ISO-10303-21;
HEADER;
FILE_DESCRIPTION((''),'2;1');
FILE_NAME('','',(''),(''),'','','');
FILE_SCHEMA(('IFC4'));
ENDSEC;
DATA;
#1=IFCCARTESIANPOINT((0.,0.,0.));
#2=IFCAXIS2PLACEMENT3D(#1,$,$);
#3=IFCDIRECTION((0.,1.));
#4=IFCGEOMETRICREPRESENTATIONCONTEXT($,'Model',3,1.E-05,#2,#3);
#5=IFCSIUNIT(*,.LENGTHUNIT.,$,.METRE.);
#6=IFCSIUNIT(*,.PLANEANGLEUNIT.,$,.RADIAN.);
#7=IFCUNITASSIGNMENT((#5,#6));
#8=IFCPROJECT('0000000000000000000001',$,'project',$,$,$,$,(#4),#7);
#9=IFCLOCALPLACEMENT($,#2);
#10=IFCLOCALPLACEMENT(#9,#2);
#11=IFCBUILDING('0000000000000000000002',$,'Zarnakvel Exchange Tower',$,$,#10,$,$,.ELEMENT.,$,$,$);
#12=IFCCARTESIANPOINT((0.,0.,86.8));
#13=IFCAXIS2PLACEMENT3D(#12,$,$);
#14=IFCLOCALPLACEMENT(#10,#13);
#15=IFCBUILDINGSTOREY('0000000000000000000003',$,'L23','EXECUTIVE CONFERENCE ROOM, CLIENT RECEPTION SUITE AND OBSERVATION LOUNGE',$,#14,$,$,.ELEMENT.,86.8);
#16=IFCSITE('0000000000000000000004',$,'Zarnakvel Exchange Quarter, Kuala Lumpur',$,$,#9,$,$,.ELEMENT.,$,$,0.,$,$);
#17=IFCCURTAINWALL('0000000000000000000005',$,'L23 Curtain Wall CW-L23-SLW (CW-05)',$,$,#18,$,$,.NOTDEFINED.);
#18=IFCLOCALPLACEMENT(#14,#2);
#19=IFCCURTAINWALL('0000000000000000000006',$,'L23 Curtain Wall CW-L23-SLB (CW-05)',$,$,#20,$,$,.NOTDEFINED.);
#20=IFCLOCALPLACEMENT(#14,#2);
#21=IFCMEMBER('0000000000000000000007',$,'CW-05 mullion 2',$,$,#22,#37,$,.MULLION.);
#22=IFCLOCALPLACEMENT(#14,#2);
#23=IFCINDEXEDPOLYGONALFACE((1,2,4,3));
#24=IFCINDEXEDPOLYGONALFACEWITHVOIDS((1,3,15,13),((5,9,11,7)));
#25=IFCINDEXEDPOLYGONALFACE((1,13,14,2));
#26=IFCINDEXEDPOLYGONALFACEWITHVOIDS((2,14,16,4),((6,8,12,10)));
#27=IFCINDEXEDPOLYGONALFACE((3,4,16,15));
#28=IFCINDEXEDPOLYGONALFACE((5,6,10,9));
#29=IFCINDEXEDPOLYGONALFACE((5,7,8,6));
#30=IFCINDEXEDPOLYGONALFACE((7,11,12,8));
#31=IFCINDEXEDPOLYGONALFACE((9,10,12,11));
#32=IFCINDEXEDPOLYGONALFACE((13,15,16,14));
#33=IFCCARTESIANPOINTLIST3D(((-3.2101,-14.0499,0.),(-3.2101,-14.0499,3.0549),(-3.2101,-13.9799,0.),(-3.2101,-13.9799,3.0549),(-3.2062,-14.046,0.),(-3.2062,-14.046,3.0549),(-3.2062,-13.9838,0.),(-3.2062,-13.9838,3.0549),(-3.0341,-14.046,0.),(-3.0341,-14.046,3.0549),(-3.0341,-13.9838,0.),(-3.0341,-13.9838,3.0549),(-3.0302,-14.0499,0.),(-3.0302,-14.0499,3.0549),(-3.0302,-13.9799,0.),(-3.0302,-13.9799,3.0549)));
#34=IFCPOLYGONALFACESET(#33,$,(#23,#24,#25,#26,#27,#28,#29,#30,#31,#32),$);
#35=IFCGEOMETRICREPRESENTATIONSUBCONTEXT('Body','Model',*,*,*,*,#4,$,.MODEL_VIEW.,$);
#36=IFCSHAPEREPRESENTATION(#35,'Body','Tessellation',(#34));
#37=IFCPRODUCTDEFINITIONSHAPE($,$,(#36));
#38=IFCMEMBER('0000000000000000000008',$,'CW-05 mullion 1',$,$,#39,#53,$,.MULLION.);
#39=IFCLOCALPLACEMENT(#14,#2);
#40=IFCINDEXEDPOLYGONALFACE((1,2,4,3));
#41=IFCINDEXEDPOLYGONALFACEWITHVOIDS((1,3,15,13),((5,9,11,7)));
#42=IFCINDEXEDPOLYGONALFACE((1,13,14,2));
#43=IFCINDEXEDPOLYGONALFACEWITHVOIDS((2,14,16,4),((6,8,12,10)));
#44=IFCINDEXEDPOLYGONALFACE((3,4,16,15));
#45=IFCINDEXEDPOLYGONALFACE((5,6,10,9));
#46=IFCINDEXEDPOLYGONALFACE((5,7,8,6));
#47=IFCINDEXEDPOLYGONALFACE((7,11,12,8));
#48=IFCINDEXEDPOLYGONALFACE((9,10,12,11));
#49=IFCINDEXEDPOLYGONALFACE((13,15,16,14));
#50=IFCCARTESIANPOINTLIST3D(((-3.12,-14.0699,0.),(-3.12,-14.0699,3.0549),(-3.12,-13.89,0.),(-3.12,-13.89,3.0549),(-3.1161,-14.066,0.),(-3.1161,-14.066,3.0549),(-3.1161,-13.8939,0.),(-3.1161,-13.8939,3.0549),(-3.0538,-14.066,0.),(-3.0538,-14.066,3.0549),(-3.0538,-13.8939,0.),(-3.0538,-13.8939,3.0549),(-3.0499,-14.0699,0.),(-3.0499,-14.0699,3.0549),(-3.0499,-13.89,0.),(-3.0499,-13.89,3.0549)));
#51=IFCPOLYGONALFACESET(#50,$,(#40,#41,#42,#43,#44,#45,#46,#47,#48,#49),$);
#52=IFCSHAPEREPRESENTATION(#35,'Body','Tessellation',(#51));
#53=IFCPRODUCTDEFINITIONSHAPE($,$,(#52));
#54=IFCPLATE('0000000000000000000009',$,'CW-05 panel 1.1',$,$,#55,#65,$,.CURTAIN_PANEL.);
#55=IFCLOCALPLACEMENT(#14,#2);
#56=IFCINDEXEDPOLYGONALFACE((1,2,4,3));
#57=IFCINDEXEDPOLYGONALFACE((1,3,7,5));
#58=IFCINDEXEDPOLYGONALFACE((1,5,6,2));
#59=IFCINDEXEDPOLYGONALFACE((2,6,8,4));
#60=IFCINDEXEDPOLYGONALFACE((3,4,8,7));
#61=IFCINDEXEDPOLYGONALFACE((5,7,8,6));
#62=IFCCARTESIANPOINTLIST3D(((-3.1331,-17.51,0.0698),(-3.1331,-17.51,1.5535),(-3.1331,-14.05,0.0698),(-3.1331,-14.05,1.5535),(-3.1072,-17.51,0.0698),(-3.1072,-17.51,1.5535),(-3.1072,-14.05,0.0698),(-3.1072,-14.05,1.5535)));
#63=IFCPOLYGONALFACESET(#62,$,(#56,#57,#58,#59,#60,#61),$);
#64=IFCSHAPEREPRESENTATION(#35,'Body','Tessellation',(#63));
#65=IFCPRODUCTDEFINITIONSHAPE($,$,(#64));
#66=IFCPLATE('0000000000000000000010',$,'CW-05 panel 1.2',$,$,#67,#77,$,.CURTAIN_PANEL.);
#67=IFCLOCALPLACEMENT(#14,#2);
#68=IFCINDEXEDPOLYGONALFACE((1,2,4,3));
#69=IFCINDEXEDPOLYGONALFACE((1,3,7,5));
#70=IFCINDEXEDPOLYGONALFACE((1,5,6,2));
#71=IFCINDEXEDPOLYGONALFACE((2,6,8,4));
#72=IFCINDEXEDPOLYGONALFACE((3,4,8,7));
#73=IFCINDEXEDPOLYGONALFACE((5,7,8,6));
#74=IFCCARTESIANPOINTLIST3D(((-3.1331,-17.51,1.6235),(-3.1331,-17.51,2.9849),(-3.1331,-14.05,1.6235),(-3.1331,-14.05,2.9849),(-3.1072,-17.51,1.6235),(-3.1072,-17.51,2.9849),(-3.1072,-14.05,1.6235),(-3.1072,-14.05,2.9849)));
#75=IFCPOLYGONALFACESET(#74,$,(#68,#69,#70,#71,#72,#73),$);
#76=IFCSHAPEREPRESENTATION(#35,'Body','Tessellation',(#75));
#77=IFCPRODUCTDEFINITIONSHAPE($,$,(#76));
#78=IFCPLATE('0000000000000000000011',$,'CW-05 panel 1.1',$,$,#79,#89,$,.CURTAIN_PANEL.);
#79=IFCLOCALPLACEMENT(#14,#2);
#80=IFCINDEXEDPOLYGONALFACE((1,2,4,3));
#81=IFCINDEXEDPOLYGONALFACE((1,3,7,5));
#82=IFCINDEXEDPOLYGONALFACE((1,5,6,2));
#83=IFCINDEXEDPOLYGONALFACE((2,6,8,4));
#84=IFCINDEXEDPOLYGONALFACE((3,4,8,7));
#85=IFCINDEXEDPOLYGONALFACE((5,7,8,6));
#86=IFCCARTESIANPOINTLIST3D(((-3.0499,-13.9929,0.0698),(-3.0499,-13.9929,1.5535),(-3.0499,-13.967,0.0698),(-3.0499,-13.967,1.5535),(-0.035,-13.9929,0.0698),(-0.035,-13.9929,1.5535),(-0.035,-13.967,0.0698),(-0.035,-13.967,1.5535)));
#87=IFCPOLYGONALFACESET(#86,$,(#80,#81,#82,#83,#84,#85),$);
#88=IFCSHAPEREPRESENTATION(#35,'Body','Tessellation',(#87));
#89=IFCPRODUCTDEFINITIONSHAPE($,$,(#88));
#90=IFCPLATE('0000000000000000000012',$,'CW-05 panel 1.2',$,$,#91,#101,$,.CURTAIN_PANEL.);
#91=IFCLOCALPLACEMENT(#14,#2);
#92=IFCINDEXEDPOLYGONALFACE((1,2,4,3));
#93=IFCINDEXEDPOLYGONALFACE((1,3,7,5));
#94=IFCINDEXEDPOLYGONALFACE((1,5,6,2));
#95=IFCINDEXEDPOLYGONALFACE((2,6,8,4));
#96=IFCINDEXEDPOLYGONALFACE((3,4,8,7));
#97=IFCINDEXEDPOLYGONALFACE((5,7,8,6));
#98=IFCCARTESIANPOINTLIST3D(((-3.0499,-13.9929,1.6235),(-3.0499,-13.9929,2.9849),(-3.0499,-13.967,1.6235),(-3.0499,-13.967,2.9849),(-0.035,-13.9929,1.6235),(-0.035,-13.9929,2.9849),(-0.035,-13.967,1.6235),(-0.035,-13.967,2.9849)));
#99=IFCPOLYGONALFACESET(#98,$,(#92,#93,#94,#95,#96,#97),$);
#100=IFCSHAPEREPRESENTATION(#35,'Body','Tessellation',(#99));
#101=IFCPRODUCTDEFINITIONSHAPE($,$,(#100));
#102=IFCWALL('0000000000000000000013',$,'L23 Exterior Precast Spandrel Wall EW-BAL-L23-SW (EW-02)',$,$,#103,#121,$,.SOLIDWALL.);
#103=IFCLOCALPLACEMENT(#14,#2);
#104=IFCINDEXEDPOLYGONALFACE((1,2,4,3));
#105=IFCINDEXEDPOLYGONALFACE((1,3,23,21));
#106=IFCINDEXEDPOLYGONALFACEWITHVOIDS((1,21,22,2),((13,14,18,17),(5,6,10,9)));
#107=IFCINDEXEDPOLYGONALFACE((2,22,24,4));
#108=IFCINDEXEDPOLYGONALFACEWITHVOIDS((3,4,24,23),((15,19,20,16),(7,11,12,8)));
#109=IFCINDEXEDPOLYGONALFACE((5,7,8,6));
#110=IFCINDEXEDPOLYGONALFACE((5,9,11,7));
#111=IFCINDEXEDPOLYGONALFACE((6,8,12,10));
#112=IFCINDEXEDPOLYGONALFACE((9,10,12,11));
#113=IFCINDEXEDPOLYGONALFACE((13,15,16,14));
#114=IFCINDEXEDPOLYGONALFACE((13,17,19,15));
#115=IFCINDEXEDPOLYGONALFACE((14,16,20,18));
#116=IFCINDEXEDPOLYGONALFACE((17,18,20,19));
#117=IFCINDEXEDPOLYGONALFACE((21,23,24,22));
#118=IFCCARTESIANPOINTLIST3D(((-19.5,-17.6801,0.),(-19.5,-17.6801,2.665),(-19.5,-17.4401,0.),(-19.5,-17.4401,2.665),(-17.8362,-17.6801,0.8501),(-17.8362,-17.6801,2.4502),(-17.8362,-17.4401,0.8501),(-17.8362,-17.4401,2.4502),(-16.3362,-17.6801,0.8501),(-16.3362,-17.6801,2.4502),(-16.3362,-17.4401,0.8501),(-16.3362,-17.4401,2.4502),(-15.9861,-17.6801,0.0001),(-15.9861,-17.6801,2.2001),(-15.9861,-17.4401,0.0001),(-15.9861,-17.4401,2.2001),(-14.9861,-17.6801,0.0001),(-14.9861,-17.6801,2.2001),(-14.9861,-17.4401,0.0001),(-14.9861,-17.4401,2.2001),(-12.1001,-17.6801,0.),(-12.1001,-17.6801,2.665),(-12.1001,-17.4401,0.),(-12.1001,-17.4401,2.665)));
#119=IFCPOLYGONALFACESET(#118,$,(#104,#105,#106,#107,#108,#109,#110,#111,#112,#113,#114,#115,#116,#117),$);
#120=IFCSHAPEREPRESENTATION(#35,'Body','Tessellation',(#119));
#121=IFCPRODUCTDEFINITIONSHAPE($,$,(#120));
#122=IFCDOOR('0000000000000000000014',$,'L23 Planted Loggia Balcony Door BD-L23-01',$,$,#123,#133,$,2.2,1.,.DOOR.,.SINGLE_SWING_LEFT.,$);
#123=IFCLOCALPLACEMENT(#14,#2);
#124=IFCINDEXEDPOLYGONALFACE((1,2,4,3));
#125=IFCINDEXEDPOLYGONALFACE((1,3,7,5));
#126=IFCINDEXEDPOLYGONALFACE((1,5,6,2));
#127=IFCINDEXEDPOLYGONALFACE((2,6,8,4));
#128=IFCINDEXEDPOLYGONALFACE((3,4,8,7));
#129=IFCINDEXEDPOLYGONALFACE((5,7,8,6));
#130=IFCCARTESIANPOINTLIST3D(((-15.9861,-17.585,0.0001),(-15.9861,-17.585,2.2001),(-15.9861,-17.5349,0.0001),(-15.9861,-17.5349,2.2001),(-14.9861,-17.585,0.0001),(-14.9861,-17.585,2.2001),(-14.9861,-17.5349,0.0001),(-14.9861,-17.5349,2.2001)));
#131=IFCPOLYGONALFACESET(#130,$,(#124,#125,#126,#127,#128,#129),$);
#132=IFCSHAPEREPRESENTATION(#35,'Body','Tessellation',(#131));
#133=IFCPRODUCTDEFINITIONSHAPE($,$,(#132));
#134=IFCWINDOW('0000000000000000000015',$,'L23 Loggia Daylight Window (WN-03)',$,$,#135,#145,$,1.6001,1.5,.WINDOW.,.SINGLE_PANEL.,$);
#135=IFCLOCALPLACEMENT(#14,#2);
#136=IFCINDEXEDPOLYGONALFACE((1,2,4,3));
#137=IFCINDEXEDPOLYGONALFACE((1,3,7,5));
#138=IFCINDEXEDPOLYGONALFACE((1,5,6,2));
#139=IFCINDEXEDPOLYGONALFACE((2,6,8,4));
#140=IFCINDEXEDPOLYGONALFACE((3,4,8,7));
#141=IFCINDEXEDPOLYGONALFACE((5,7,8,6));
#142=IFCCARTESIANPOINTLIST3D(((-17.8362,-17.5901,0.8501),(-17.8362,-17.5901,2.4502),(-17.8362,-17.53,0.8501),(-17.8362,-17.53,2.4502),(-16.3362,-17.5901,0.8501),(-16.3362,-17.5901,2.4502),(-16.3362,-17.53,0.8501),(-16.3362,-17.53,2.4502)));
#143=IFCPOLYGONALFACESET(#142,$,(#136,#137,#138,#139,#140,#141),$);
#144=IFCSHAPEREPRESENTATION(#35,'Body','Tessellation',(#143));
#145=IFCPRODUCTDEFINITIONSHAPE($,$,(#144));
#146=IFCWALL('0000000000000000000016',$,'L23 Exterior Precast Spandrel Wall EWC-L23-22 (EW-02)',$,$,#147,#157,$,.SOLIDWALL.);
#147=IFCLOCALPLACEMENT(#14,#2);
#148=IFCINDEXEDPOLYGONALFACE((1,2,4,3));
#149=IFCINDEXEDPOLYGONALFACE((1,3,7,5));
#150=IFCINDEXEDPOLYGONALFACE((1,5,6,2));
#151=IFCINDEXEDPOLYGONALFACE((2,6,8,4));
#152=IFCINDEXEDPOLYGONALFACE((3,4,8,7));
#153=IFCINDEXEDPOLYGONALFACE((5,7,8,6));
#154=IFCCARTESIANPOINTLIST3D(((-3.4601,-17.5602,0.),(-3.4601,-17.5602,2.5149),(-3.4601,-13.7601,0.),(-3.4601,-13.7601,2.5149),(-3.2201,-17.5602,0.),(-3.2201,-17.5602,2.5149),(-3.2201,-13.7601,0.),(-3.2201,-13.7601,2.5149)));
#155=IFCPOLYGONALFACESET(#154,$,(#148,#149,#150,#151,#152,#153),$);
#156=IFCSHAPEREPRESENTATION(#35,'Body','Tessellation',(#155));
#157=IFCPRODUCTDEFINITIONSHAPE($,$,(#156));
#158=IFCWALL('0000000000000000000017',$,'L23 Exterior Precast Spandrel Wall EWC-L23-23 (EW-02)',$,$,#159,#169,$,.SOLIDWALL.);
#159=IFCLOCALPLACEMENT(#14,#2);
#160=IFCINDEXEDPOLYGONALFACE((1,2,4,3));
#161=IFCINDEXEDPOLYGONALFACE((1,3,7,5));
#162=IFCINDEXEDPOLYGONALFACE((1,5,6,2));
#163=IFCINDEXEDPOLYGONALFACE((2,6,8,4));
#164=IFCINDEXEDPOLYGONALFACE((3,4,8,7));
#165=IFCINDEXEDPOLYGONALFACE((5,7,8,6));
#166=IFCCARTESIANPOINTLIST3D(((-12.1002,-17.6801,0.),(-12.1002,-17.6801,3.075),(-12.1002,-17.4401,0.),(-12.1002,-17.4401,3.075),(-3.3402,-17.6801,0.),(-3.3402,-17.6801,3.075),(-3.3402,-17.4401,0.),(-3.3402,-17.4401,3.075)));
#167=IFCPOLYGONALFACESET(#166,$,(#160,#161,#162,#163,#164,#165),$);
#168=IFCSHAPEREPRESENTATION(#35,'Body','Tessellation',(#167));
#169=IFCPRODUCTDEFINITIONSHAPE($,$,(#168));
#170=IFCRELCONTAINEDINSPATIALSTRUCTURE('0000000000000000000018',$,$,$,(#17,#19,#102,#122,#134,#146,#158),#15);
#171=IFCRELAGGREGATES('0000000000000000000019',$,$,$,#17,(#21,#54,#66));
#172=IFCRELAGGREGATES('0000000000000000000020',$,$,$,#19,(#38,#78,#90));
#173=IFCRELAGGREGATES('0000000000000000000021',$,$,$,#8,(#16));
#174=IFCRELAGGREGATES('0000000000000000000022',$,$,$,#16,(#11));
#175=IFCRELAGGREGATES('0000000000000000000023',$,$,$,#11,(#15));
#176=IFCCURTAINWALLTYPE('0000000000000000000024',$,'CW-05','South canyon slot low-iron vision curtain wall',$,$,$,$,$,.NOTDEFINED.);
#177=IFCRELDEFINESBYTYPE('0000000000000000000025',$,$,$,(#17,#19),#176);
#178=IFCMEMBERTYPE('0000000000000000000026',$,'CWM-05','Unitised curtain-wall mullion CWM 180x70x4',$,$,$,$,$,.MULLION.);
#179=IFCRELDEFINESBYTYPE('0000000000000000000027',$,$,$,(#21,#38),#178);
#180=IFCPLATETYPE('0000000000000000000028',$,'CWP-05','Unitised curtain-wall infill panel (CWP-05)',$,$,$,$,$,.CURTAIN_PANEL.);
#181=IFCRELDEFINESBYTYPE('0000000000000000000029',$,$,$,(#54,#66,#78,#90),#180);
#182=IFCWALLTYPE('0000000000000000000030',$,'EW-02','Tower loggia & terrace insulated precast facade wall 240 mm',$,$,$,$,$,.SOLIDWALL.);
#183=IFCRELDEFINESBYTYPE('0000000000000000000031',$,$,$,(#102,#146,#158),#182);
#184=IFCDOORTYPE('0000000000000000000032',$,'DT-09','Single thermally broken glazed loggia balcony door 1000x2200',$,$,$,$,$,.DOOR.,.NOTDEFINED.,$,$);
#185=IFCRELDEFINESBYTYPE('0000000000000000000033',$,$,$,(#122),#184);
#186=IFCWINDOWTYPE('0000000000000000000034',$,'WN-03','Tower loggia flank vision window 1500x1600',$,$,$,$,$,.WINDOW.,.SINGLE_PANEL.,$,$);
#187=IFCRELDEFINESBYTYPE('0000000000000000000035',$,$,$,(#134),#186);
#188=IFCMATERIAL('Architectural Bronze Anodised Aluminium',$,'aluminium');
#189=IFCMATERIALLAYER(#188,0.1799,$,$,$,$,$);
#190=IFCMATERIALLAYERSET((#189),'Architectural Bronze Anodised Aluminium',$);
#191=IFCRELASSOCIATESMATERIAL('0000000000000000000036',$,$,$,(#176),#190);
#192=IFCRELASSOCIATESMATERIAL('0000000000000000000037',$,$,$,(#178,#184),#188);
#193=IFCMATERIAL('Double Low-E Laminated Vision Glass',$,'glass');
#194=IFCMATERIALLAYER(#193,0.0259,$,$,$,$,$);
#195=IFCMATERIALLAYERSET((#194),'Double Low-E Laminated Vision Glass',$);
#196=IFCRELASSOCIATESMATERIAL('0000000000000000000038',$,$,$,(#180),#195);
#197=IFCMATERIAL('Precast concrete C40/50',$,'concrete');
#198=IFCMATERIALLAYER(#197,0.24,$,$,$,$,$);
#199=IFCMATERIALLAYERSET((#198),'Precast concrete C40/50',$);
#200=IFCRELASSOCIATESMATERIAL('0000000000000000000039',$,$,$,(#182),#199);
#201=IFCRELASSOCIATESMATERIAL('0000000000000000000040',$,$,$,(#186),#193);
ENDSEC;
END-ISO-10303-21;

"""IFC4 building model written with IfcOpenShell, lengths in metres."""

from ifc_helpers import new_model, si_unit, direction, frame, frame_2d, origin, origin_2d, place, context, subcontext, project, spatial, rectangle, hollow_rectangle, extrude, source, transform, mapped, material, layer, layer_set, material_profile, profile_set, type_object, element, fill, aggregate, save


model = new_model("IFC4")

# Units and contexts
model_context = context("Model", 3, precision=1e-05, world=origin(), true_north=direction((0.0, 1.0)))
body_context = subcontext(model_context, "Body", "Model", "MODEL_VIEW")
ifc_project = project(units=[si_unit("LENGTHUNIT", "METRE"), si_unit("PLANEANGLEUNIT", "RADIAN")], contexts=[model_context])

# Site, building, storey
site_placement = place(None, origin())
site = spatial("IfcSite", under=ifc_project, at=site_placement, Name="Zarnakvel Exchange Quarter, Kuala Lumpur", CompositionType="ELEMENT", RefElevation=0.0)
building_placement = place(site_placement, origin())
building = spatial("IfcBuilding", under=site, at=building_placement, Name="Zarnakvel Exchange Tower", CompositionType="ELEMENT")
storey_placement = place(building_placement, frame((0.0, 0.0, 86.8)))
storey = spatial("IfcBuildingStorey", under=building, at=storey_placement, Name="L23", Description="EXECUTIVE CONFERENCE ROOM, CLIENT RECEPTION SUITE AND OBSERVATION LOUNGE", CompositionType="ELEMENT", Elevation=86.8)

# Curtain walls
ifc_material_1 = material(Name="Architectural Bronze Anodised Aluminium", Category="aluminium")
ifc_layer_1 = layer(ifc_material_1, 0.1799)
ifc_layer_set_1 = layer_set([ifc_layer_1], Name="Architectural Bronze Anodised Aluminium")
curtain_wall_type = type_object("IfcCurtainWallType", Name="CW-05", Description="South canyon slot low-iron vision curtain wall", PredefinedType="NOTDEFINED", material=ifc_layer_set_1)
curtain_wall_1_placement = place(storey_placement, origin())
curtain_wall_1 = element("IfcCurtainWall", 1, at=curtain_wall_1_placement, inside=storey, type_object=curtain_wall_type, Name="L23 Curtain Wall CW-L23-SLW (CW-05)", PredefinedType="NOTDEFINED")
curtain_wall_2_placement = place(storey_placement, origin())
curtain_wall_2 = element("IfcCurtainWall", 2, at=curtain_wall_2_placement, inside=storey, type_object=curtain_wall_type, Name="L23 Curtain Wall CW-L23-SLB (CW-05)", PredefinedType="NOTDEFINED")

# Members
ifc_material_profile_1 = material_profile(ifc_material_1, hollow_rectangle(XDim=0.1799, YDim=0.0701, WallThickness=0.0039, at=origin_2d()))
ifc_profile_set_1 = profile_set([ifc_material_profile_1], Name="Architectural Bronze Anodised Aluminium")
member_type_1 = type_object("IfcMemberType", Name="CWM-05", Description="Unitised curtain-wall mullion CWM 180x70x4", PredefinedType="MULLION", material=ifc_profile_set_1)
shared_shape_1 = source(origin(), body_context, "Body", "SweptSolid", [
    extrude(hollow_rectangle(XDim=0.1799, YDim=0.0701, WallThickness=0.0039, at=origin_2d()), origin(), (0.0, 0.0, 1.0), 3.0549),
])
member_1_placement = place(storey_placement, frame((-3.1201, -14.0149, 0.0), z_axis=(0.0, 0.0, 1.0), x_axis=(-1.0, 0.0, 0.0)))
member_1 = element("IfcMember", 3, at=member_1_placement, type_object=member_type_1, Name="CW-05 mullion 2", PredefinedType="MULLION", context=body_context, shape_type="MappedRepresentation", body=[
    mapped(shared_shape_1, transform((0.0, 0.0, 0.0), x_axis=(1.0, 0.0, 0.0), y_axis=(0.0, 1.0, 0.0), z_axis=(0.0, 0.0, 1.0), scale=1.0)),
])
member_2_placement = place(storey_placement, frame((-3.085, -13.98, 0.0), z_axis=(0.0, 0.0, 1.0), x_axis=(0.0, 1.0, 0.0)))
member_2 = element("IfcMember", 4, at=member_2_placement, type_object=member_type_1, Name="CW-05 mullion 1", PredefinedType="MULLION", context=body_context, shape_type="MappedRepresentation", body=[
    mapped(shared_shape_1, transform((0.0, 0.0, 0.0), x_axis=(1.0, 0.0, 0.0), y_axis=(0.0, 1.0, 0.0), z_axis=(0.0, 0.0, 1.0), scale=1.0)),
])

# Plates
ifc_material_2 = material(Name="Double Low-E Laminated Vision Glass", Category="glass")
ifc_layer_2 = layer(ifc_material_2, 0.0259)
ifc_layer_set_2 = layer_set([ifc_layer_2], Name="Double Low-E Laminated Vision Glass")
plate_type = type_object("IfcPlateType", Name="CWP-05", Description="Unitised curtain-wall infill panel (CWP-05)", PredefinedType="CURTAIN_PANEL", material=ifc_layer_set_2)
shared_shape_2 = source(origin(), body_context, "Body", "SweptSolid", [
    extrude(rectangle(XDim=3.46, YDim=0.0259, at=origin_2d()), origin(), (0.0, 0.0, 1.0), 1.4836),
])
plate_1_placement = place(storey_placement, frame((-3.1201, -15.78, 0.0698), z_axis=(0.0, 0.0, 1.0), x_axis=(0.0, 1.0, 0.0)))
plate_1 = element("IfcPlate", 5, at=plate_1_placement, type_object=plate_type, Name="CW-05 panel 1.1", PredefinedType="CURTAIN_PANEL", context=body_context, shape_type="MappedRepresentation", body=[
    mapped(shared_shape_2, transform((0.0, 0.0, 0.0), x_axis=(1.0, 0.0, 0.0), y_axis=(0.0, 1.0, 0.0), z_axis=(0.0, 0.0, 1.0), scale=1.0)),
])
shared_shape_3 = source(origin(), body_context, "Body", "SweptSolid", [
    extrude(rectangle(XDim=3.46, YDim=0.0259, at=origin_2d()), origin(), (0.0, 0.0, 1.0), 1.3613),
])
plate_2_placement = place(storey_placement, frame((-3.1201, -15.78, 1.6235), z_axis=(0.0, 0.0, 1.0), x_axis=(0.0, 1.0, 0.0)))
plate_2 = element("IfcPlate", 6, at=plate_2_placement, type_object=plate_type, Name="CW-05 panel 1.2", PredefinedType="CURTAIN_PANEL", context=body_context, shape_type="MappedRepresentation", body=[
    mapped(shared_shape_3, transform((0.0, 0.0, 0.0), x_axis=(1.0, 0.0, 0.0), y_axis=(0.0, 1.0, 0.0), z_axis=(0.0, 0.0, 1.0), scale=1.0)),
])
aggregate(curtain_wall_1, [member_1, plate_1, plate_2])
shared_shape_4 = source(origin(), body_context, "Body", "SweptSolid", [
    extrude(rectangle(XDim=3.0149, YDim=0.0259, at=origin_2d()), origin(), (0.0, 0.0, 1.0), 1.4836),
])
plate_3_placement = place(storey_placement, frame((-1.5425, -13.98, 0.0698), z_axis=(0.0, 0.0, 1.0), x_axis=(1.0, 0.0, 0.0)))
plate_3 = element("IfcPlate", 7, at=plate_3_placement, type_object=plate_type, Name="CW-05 panel 1.1", PredefinedType="CURTAIN_PANEL", context=body_context, shape_type="MappedRepresentation", body=[
    mapped(shared_shape_4, transform((0.0, 0.0, 0.0), x_axis=(1.0, 0.0, 0.0), y_axis=(0.0, 1.0, 0.0), z_axis=(0.0, 0.0, 1.0), scale=1.0)),
])
shared_shape_5 = source(origin(), body_context, "Body", "SweptSolid", [
    extrude(rectangle(XDim=3.0149, YDim=0.0259, at=origin_2d()), origin(), (0.0, 0.0, 1.0), 1.3613),
])
plate_4_placement = place(storey_placement, frame((-1.5425, -13.98, 1.6235), z_axis=(0.0, 0.0, 1.0), x_axis=(1.0, 0.0, 0.0)))
plate_4 = element("IfcPlate", 8, at=plate_4_placement, type_object=plate_type, Name="CW-05 panel 1.2", PredefinedType="CURTAIN_PANEL", context=body_context, shape_type="MappedRepresentation", body=[
    mapped(shared_shape_5, transform((0.0, 0.0, 0.0), x_axis=(1.0, 0.0, 0.0), y_axis=(0.0, 1.0, 0.0), z_axis=(0.0, 0.0, 1.0), scale=1.0)),
])
aggregate(curtain_wall_2, [member_2, plate_3, plate_4])

# Wall, openings, door, window
ifc_material_3 = material(Name="Precast concrete C40/50", Category="concrete")
ifc_layer_3 = layer(ifc_material_3, 0.24)
ifc_layer_set_3 = layer_set([ifc_layer_3], Name="Precast concrete C40/50")
wall_type = type_object("IfcWallType", Name="EW-02", Description="Tower loggia & terrace insulated precast facade wall 240 mm", PredefinedType="SOLIDWALL", material=ifc_layer_set_3)
wall_1_placement = place(storey_placement, frame((-12.1001, -17.5601, 0.0), z_axis=(0.0, 0.0, 1.0), x_axis=(-1.0, 0.0, 0.0)))
wall_1 = element("IfcWall", 9, at=wall_1_placement, inside=storey, type_object=wall_type, Name="L23 Exterior Precast Spandrel Wall EW-BAL-L23-SW (EW-02)", PredefinedType="SOLIDWALL", context=body_context, shape_type="SweptSolid", body=[
    extrude(rectangle(XDim=7.3999, YDim=0.24, at=frame_2d((3.7, 0.0))), origin(), (0.0, 0.0, 1.0), 2.665),
])
opening_1_placement = place(wall_1_placement, frame((2.886, 0.0, 0.0)))
opening_1 = element("IfcOpeningElement", 10, at=opening_1_placement, cuts=wall_1, PredefinedType="OPENING", context=body_context, shape_type="SweptSolid", body=[
    extrude(rectangle(XDim=1.0, YDim=2.2, at=frame_2d((0.5, 1.1001))), frame((0.0, 0.1299, 0.0), z_axis=(0.0, -1.0, 0.0), x_axis=(1.0, 0.0, 0.0)), (0.0, 0.0, 1.0), 0.26),
])
opening_2_placement = place(wall_1_placement, frame((4.2361, 0.0, 0.8501)))
opening_2 = element("IfcOpeningElement", 11, at=opening_2_placement, cuts=wall_1, PredefinedType="OPENING", context=body_context, shape_type="SweptSolid", body=[
    extrude(rectangle(XDim=1.5, YDim=1.6001, at=frame_2d((0.75, 0.8))), frame((0.0, 0.1299, 0.0), z_axis=(0.0, -1.0, 0.0), x_axis=(1.0, 0.0, 0.0)), (0.0, 0.0, 1.0), 0.26),
])
door_type = type_object("IfcDoorType", Name="DT-09", Description="Single thermally broken glazed loggia balcony door 1000x2200", OperationType="NOTDEFINED", PredefinedType="DOOR", material=ifc_material_1)
shared_shape_6 = source(origin(), body_context, "Body", "SweptSolid", [
    extrude(rectangle(XDim=1.0, YDim=2.2, at=frame_2d((0.5, 1.1001))), frame((0.0, 0.0249, 0.0), z_axis=(0.0, -1.0, 0.0), x_axis=(1.0, 0.0, 0.0)), (0.0, 0.0, 1.0), 0.05),
])
door_placement = place(opening_1_placement, origin())
door = element("IfcDoor", 12, at=door_placement, inside=storey, type_object=door_type, Name="L23 Planted Loggia Balcony Door BD-L23-01", OperationType="SINGLE_SWING_LEFT", OverallHeight=2.2, OverallWidth=1.0, PredefinedType="DOOR", context=body_context, shape_type="MappedRepresentation", body=[
    mapped(shared_shape_6, transform((0.0, 0.0, 0.0), x_axis=(1.0, 0.0, 0.0), y_axis=(0.0, 1.0, 0.0), z_axis=(0.0, 0.0, 1.0), scale=1.0)),
])
fill(opening_1, door)
window_type = type_object("IfcWindowType", Name="WN-03", Description="Tower loggia flank vision window 1500x1600", PartitioningType="SINGLE_PANEL", PredefinedType="WINDOW", material=ifc_material_2)
shared_shape_7 = source(origin(), body_context, "Body", "SweptSolid", [
    extrude(rectangle(XDim=1.5, YDim=1.6001, at=frame_2d((0.75, 0.8))), frame((0.0, 0.03, 0.0), z_axis=(0.0, -1.0, 0.0), x_axis=(1.0, 0.0, 0.0)), (0.0, 0.0, 1.0), 0.0601),
])
window_placement = place(opening_2_placement, origin())
window = element("IfcWindow", 13, at=window_placement, inside=storey, type_object=window_type, Name="L23 Loggia Daylight Window (WN-03)", OverallHeight=1.6001, OverallWidth=1.5, PartitioningType="SINGLE_PANEL", PredefinedType="WINDOW", context=body_context, shape_type="MappedRepresentation", body=[
    mapped(shared_shape_7, transform((0.0, 0.0, 0.0), x_axis=(1.0, 0.0, 0.0), y_axis=(0.0, 1.0, 0.0), z_axis=(0.0, 0.0, 1.0), scale=1.0)),
])
fill(opening_2, window)

# Walls
wall_2_placement = place(storey_placement, frame((-3.3401, -17.5601, 0.0), z_axis=(0.0, 0.0, 1.0), x_axis=(0.0, 1.0, 0.0)))
element("IfcWall", 14, at=wall_2_placement, inside=storey, type_object=wall_type, Name="L23 Exterior Precast Spandrel Wall EWC-L23-22 (EW-02)", PredefinedType="SOLIDWALL", context=body_context, shape_type="SweptSolid", body=[
    extrude(rectangle(XDim=3.8, YDim=0.24, at=frame_2d((1.8999, 0.0))), origin(), (0.0, 0.0, 1.0), 2.5149),
])
wall_3_placement = place(storey_placement, frame((-12.1001, -17.5601, 0.0), z_axis=(0.0, 0.0, 1.0), x_axis=(1.0, 0.0, 0.0)))
element("IfcWall", 15, at=wall_3_placement, inside=storey, type_object=wall_type, Name="L23 Exterior Precast Spandrel Wall EWC-L23-23 (EW-02)", PredefinedType="SOLIDWALL", context=body_context, shape_type="SweptSolid", body=[
    extrude(rectangle(XDim=8.76, YDim=0.24, at=frame_2d((4.3799, 0.0))), origin(), (0.0, 0.0, 1.0), 3.075),
])

save(model, "model.ifc")
